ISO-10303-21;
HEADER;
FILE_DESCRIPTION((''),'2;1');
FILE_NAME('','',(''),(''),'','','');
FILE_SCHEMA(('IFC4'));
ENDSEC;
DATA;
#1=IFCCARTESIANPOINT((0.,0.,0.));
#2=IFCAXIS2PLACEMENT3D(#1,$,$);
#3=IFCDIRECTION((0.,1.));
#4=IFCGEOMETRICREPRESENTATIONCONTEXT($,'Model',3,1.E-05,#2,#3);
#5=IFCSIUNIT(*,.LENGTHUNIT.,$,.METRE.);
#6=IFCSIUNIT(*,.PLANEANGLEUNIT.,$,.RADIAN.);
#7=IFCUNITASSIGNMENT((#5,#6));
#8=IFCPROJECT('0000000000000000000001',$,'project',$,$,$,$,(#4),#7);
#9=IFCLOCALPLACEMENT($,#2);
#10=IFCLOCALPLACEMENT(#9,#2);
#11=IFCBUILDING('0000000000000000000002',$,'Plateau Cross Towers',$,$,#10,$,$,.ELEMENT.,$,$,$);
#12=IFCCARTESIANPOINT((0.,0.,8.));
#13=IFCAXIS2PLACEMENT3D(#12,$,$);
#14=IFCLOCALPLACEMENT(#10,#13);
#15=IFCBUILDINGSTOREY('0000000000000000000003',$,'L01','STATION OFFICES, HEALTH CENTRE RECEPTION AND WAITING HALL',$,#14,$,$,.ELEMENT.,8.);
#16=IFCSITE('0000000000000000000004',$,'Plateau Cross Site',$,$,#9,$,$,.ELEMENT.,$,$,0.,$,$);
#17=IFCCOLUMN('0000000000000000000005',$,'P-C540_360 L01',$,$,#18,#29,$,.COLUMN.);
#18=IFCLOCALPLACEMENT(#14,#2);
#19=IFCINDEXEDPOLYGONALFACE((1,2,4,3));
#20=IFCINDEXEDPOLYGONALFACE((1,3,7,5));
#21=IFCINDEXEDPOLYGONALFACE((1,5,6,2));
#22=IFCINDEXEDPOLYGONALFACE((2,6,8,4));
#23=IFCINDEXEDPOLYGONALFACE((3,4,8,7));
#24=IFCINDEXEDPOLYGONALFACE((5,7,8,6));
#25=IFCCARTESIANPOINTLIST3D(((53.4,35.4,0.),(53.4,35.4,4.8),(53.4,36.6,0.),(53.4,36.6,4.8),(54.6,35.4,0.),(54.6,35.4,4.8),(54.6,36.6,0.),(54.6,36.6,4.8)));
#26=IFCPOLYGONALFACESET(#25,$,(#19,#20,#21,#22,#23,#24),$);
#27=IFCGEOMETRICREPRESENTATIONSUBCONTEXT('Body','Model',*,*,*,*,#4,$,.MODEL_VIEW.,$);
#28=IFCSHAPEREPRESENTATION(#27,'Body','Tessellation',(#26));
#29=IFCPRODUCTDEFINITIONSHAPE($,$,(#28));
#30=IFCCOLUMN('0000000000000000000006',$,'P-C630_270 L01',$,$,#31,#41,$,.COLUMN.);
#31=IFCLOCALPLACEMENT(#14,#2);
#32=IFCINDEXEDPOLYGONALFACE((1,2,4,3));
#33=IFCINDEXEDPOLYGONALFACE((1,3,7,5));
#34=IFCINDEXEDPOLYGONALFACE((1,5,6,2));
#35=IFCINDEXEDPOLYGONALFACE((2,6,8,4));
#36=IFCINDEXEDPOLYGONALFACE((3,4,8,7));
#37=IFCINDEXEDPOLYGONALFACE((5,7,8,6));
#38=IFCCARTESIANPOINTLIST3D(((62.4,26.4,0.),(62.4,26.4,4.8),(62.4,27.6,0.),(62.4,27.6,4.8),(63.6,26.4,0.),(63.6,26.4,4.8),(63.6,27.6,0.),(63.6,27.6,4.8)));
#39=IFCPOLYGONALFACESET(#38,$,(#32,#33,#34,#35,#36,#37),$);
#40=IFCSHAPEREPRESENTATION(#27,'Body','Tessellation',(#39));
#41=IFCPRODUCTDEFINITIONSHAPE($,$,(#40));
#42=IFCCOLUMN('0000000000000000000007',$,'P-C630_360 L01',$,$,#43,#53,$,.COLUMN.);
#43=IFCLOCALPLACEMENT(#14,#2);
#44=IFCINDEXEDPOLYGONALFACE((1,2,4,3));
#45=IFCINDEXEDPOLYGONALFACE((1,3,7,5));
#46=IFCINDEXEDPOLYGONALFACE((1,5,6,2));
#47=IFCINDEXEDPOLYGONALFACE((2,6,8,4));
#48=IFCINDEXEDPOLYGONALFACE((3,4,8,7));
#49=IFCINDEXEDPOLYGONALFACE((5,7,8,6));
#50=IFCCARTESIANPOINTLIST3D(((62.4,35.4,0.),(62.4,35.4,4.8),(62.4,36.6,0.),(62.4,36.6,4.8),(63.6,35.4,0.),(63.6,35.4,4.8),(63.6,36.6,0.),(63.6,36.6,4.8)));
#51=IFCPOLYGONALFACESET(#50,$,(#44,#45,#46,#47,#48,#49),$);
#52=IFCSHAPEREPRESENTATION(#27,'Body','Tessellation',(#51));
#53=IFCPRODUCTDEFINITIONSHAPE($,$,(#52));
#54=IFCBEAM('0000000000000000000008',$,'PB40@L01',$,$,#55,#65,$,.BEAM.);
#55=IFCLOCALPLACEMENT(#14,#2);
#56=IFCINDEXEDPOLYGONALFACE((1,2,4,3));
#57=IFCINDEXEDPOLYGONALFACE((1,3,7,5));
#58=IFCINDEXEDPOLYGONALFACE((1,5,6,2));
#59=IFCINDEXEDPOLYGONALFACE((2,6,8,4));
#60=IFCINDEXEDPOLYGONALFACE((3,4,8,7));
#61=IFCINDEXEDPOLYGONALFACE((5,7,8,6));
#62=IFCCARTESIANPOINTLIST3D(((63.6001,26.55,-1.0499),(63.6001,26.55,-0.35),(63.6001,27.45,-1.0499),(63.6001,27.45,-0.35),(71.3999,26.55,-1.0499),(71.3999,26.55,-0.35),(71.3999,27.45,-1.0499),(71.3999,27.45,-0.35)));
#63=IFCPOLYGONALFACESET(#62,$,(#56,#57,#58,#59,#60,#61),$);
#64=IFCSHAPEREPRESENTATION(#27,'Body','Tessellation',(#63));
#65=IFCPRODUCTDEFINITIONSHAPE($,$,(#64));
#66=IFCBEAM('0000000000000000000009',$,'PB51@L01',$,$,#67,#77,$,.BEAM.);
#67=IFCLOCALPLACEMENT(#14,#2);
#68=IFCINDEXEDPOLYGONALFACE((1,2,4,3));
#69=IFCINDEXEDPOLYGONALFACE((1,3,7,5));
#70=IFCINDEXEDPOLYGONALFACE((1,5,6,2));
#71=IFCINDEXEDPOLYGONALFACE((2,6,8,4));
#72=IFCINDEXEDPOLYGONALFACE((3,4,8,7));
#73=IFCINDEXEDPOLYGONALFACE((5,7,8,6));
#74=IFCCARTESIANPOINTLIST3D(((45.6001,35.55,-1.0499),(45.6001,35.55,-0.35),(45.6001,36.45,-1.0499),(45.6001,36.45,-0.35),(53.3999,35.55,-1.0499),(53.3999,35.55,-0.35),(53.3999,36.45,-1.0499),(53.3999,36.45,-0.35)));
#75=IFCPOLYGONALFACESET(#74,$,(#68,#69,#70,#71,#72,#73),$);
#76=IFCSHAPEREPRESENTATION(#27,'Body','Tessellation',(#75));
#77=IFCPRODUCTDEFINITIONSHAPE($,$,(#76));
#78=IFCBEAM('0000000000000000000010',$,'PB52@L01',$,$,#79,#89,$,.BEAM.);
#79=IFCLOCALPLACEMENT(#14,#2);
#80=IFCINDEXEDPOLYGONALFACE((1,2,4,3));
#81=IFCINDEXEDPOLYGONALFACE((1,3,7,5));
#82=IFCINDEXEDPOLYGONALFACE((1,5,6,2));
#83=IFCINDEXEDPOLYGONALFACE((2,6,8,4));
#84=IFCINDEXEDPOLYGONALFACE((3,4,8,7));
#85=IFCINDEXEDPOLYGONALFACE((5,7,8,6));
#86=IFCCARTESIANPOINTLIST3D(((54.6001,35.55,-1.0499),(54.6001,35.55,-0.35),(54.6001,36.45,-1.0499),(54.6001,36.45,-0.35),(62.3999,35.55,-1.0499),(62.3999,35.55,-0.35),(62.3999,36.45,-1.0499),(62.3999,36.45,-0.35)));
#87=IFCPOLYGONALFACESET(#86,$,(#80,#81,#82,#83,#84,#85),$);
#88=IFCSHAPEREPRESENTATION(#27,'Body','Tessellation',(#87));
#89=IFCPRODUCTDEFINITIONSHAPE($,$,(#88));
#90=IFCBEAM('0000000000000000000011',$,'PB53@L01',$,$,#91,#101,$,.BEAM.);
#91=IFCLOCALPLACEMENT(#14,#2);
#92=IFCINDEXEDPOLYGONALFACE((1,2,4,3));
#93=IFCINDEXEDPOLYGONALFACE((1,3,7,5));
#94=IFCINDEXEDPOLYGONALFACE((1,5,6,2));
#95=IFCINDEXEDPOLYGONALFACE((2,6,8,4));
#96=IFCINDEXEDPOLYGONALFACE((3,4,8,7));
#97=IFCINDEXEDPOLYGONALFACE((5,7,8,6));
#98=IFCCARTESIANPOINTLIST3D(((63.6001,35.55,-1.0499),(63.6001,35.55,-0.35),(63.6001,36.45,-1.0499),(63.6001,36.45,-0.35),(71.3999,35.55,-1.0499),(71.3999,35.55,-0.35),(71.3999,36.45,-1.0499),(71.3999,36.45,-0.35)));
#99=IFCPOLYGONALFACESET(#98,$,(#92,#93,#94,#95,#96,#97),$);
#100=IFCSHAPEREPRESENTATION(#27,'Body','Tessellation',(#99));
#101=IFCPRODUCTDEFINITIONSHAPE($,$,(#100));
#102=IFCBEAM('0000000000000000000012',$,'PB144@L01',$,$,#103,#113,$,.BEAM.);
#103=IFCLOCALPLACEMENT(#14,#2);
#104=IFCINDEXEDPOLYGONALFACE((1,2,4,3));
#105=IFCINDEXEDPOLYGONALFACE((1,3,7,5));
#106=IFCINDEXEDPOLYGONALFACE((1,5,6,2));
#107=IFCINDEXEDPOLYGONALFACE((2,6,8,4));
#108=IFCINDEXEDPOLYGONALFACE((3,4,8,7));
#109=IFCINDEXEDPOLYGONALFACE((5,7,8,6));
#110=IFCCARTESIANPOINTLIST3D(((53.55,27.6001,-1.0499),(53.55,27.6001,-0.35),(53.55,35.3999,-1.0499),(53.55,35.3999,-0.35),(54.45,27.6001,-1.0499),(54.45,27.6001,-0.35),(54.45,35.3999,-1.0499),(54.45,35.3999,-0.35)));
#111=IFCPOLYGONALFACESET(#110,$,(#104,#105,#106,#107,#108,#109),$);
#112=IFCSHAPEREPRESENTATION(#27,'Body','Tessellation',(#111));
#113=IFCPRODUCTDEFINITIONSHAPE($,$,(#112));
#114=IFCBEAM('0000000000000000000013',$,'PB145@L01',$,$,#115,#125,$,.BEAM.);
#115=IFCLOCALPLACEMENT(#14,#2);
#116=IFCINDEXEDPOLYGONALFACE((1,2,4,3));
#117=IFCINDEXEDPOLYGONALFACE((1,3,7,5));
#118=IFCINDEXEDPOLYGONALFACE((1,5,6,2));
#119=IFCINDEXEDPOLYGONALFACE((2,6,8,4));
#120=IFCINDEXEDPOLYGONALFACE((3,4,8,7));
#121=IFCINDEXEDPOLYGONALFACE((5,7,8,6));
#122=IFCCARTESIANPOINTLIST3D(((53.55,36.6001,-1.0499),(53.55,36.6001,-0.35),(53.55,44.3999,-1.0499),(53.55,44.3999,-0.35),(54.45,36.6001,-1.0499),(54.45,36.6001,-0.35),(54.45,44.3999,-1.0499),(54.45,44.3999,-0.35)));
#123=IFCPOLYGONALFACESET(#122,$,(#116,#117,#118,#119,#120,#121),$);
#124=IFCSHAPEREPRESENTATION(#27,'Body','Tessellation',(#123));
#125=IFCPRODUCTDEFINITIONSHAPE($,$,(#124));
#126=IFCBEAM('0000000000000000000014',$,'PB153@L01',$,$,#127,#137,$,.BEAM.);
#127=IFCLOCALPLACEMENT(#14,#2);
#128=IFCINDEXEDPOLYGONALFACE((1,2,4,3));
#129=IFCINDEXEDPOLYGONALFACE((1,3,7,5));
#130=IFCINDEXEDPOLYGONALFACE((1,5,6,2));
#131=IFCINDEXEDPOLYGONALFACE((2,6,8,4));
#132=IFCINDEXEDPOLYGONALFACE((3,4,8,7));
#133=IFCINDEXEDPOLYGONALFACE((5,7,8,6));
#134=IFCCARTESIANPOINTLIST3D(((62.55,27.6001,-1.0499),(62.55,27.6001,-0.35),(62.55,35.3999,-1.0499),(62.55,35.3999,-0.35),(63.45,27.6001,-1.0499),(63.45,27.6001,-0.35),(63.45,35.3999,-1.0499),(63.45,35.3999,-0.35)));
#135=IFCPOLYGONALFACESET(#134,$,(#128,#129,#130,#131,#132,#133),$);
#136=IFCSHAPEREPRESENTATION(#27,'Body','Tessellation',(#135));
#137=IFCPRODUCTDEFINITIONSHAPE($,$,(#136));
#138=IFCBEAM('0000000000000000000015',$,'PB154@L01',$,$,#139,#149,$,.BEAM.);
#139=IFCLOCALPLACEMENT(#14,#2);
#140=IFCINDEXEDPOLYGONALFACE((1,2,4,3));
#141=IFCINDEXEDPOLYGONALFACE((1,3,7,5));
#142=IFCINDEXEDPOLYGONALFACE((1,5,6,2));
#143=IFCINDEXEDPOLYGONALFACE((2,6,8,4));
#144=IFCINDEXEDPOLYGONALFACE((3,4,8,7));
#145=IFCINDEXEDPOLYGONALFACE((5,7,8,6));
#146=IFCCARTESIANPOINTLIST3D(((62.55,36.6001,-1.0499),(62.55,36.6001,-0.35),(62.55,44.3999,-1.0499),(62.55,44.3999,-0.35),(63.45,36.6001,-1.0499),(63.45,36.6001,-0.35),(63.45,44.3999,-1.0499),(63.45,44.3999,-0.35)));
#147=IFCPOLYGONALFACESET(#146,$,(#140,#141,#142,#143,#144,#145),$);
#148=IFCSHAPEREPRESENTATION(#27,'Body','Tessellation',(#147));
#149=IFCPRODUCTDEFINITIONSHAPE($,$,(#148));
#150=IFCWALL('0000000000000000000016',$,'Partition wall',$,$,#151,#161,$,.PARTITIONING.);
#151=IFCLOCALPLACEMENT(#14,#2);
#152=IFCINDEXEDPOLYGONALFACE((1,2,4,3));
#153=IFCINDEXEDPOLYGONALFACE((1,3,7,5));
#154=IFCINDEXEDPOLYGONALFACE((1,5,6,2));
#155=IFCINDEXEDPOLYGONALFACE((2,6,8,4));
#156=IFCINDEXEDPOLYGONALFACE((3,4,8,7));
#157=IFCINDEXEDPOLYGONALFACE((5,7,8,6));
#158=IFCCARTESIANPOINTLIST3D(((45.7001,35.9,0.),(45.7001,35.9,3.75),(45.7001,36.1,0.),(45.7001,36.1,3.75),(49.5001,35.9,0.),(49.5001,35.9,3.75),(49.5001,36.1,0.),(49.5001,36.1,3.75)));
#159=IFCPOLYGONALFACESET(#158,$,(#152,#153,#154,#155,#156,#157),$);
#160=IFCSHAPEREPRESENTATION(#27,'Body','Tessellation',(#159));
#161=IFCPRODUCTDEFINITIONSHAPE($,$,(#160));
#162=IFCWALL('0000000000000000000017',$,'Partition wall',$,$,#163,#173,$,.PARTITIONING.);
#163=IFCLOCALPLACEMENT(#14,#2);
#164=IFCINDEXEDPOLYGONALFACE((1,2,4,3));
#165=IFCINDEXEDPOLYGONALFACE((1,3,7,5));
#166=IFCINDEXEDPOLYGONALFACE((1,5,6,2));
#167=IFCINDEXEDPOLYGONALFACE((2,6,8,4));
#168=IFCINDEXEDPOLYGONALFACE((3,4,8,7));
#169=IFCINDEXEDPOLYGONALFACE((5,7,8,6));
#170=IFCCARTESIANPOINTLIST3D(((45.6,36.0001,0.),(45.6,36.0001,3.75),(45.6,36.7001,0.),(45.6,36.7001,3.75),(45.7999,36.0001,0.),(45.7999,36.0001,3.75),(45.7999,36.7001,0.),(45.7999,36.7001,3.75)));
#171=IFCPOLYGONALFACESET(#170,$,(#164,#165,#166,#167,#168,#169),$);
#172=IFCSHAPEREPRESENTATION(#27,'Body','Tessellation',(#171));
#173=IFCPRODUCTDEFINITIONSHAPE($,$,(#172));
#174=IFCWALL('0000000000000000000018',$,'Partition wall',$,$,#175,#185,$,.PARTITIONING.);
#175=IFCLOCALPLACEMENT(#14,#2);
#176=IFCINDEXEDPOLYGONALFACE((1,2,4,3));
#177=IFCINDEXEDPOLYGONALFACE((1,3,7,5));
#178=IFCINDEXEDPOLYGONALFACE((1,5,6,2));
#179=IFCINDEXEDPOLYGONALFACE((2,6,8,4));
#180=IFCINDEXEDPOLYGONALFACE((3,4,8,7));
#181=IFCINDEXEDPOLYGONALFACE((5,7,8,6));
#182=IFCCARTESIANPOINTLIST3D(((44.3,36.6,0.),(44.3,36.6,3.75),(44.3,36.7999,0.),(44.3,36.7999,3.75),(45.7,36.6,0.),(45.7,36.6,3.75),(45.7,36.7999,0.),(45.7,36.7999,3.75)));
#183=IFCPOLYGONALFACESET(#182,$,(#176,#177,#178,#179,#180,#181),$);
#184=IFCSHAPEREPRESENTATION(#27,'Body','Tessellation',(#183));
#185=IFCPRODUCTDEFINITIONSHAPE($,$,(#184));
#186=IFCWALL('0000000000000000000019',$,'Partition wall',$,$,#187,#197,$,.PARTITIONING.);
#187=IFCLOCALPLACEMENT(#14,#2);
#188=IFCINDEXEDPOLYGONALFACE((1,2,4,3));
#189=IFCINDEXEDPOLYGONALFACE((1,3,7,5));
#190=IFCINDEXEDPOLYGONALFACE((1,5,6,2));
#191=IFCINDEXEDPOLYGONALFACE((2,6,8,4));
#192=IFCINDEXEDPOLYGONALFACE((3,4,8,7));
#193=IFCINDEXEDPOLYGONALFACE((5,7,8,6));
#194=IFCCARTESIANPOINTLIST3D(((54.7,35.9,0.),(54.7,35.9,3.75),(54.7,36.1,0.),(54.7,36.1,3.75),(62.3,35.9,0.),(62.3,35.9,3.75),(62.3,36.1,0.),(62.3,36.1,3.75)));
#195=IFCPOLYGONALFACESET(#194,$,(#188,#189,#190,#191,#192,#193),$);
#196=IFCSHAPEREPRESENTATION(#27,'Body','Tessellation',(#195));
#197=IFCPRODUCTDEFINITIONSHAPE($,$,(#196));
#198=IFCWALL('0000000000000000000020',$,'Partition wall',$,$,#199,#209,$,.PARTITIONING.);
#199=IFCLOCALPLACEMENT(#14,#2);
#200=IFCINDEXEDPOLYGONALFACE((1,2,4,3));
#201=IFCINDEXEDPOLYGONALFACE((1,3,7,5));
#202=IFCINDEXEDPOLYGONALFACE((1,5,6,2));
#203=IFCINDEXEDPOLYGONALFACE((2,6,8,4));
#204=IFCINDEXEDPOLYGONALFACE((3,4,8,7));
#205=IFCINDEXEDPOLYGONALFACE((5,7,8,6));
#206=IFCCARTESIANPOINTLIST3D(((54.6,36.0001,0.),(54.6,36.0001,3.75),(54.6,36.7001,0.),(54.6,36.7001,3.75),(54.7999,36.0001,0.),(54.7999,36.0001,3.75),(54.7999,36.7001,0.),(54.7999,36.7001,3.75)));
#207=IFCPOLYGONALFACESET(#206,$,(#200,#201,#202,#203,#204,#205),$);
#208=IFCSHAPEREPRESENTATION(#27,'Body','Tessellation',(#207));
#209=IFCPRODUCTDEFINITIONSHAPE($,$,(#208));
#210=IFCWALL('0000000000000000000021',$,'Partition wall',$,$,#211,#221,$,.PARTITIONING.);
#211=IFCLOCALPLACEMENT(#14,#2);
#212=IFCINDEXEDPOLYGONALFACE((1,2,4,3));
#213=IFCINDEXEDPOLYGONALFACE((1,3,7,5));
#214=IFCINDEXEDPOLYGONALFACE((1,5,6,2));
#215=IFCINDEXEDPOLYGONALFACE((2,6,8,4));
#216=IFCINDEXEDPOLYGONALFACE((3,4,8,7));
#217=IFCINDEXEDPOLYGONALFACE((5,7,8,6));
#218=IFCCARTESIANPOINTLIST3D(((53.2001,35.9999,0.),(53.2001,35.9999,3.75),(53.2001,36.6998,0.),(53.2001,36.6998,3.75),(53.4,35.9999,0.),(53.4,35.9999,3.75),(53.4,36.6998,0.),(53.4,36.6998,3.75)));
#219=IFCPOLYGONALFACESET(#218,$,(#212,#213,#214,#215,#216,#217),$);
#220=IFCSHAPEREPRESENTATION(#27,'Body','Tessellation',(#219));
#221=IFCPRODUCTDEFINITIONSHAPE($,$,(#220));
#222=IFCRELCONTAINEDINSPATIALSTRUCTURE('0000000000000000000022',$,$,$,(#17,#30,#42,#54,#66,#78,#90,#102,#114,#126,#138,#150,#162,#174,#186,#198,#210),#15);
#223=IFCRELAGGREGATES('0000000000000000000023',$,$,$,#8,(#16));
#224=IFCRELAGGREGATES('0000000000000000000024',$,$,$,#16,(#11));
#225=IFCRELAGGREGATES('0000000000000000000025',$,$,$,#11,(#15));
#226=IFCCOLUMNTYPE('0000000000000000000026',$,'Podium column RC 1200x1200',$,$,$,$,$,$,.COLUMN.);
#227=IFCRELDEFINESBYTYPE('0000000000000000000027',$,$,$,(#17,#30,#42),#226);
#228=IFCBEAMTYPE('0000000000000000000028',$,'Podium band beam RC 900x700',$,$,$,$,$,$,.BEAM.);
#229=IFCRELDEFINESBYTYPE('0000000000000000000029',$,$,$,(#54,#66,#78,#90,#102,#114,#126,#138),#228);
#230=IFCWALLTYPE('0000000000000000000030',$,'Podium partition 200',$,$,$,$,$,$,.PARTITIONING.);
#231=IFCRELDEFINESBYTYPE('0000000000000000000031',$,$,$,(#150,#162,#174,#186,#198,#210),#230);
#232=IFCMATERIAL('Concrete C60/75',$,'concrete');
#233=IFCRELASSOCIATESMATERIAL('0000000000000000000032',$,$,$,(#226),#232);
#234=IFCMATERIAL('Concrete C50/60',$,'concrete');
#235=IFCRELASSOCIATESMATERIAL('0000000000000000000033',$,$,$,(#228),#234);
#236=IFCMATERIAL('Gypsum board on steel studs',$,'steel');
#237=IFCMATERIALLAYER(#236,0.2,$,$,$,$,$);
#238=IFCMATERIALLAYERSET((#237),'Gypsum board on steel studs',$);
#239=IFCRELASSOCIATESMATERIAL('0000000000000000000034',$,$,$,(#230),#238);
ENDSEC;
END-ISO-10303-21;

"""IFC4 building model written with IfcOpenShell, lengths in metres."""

from ifc_helpers import new_model, si_unit, direction, frame, frame_2d, origin, origin_2d, place, context, subcontext, project, spatial, rectangle, extrude, material, layer, layer_set, material_profile, profile_set, type_object, element, save


model = new_model("IFC4")

# Units and contexts
model_context = context("Model", 3, precision=1e-05, world=origin(), true_north=direction((0.0, 1.0)))
body_context = subcontext(model_context, "Body", "Model", "MODEL_VIEW")
ifc_project = project(units=[si_unit("LENGTHUNIT", "METRE"), si_unit("PLANEANGLEUNIT", "RADIAN")], contexts=[model_context])

# Site, building, storey
site_placement = place(None, origin())
site = spatial("IfcSite", under=ifc_project, at=site_placement, Name="Plateau Cross Site", CompositionType="ELEMENT", RefElevation=0.0)
building_placement = place(site_placement, origin())
building = spatial("IfcBuilding", under=site, at=building_placement, Name="Plateau Cross Towers", CompositionType="ELEMENT")
storey_placement = place(building_placement, frame((0.0, 0.0, 8.0)))
storey = spatial("IfcBuildingStorey", under=building, at=storey_placement, Name="L01", Description="STATION OFFICES, HEALTH CENTRE RECEPTION AND WAITING HALL", CompositionType="ELEMENT", Elevation=8.0)

# Columns
ifc_material_1 = material(Name="Concrete C60/75", Category="concrete")
ifc_material_profile_1 = material_profile(ifc_material_1, rectangle(XDim=1.2, YDim=1.2, at=origin_2d()), Name="RC 1200x1200")
ifc_profile_set_1 = profile_set([ifc_material_profile_1], Name="Concrete C60/75")
column_type = type_object("IfcColumnType", Name="Podium column RC 1200x1200", PredefinedType="COLUMN", material=ifc_profile_set_1)
for number, where, z_axis, x_axis, name in (
    (1, (54.0, 36.0, 0.0), (0.0, 0.0, 1.0), (1.0, 0.0, 0.0), "P-C540_360 L01"),
    (2, (63.0, 27.0, 0.0), (0.0, 0.0, 1.0), (1.0, 0.0, 0.0), "P-C630_270 L01"),
    (3, (63.0, 36.0, 0.0), (0.0, 0.0, 1.0), (1.0, 0.0, 0.0), "P-C630_360 L01"),
):
    element("IfcColumn", number, at=place(storey_placement, frame(where, z_axis=z_axis, x_axis=x_axis)), inside=storey, type_object=column_type, Name=name, PredefinedType="COLUMN", context=body_context, shape_type="SweptSolid", body=[
        extrude(rectangle(XDim=1.2, YDim=1.2, at=origin_2d()), origin(), (0.0, 0.0, 1.0), 4.8),
    ])

# Beams
ifc_material_2 = material(Name="Concrete C50/60", Category="concrete")
ifc_material_profile_2 = material_profile(ifc_material_2, rectangle(XDim=0.8999, YDim=0.7, at=origin_2d()), Name="RC 900x700")
ifc_profile_set_2 = profile_set([ifc_material_profile_2], Name="Concrete C50/60")
beam_type = type_object("IfcBeamType", Name="Podium band beam RC 900x700", PredefinedType="BEAM", material=ifc_profile_set_2)
for number, where, z_axis, x_axis, name in (
    (4, (63.6001, 27.0, -0.7), (1.0, 0.0, 0.0), (0.0, 1.0, 0.0), "PB40@L01"),
    (5, (45.6001, 36.0, -0.7), (1.0, 0.0, 0.0), (0.0, 1.0, 0.0), "PB51@L01"),
    (6, (54.6001, 36.0, -0.7), (1.0, 0.0, 0.0), (0.0, 1.0, 0.0), "PB52@L01"),
    (7, (63.6001, 36.0, -0.7), (1.0, 0.0, 0.0), (0.0, 1.0, 0.0), "PB53@L01"),
    (8, (54.0, 27.6001, -0.7), (0.0, 1.0, 0.0), (-1.0, 0.0, 0.0), "PB144@L01"),
    (9, (54.0, 36.6001, -0.7), (0.0, 1.0, 0.0), (-1.0, 0.0, 0.0), "PB145@L01"),
    (10, (63.0, 27.6001, -0.7), (0.0, 1.0, 0.0), (-1.0, 0.0, 0.0), "PB153@L01"),
    (11, (63.0, 36.6001, -0.7), (0.0, 1.0, 0.0), (-1.0, 0.0, 0.0), "PB154@L01"),
):
    element("IfcBeam", number, at=place(storey_placement, frame(where, z_axis=z_axis, x_axis=x_axis)), inside=storey, type_object=beam_type, Name=name, PredefinedType="BEAM", context=body_context, shape_type="SweptSolid", body=[
        extrude(rectangle(XDim=0.8999, YDim=0.7, at=origin_2d()), origin(), (0.0, 0.0, 1.0), 7.7998),
    ])

# Walls
ifc_material_3 = material(Name="Gypsum board on steel studs", Category="steel")
ifc_layer_1 = layer(ifc_material_3, 0.2)
ifc_layer_set_1 = layer_set([ifc_layer_1], Name="Gypsum board on steel studs")
wall_type_1 = type_object("IfcWallType", Name="Podium partition 200", PredefinedType="PARTITIONING", material=ifc_layer_set_1)
wall_1_placement = place(storey_placement, frame((49.5, 36.0, 0.0), z_axis=(0.0, 0.0, 1.0), x_axis=(-1.0, 0.0, 0.0)))
element("IfcWall", 12, at=wall_1_placement, inside=storey, type_object=wall_type_1, Name="Partition wall", PredefinedType="PARTITIONING", context=body_context, shape_type="SweptSolid", body=[
    extrude(rectangle(XDim=3.8, YDim=0.2, at=frame_2d((1.8999, 0.0))), origin(), (0.0, 0.0, 1.0), 3.75),
])
wall_2_placement = place(storey_placement, frame((45.7, 36.0, 0.0), z_axis=(0.0, 0.0, 1.0), x_axis=(0.0, 1.0, 0.0)))
element("IfcWall", 13, at=wall_2_placement, inside=storey, type_object=wall_type_1, Name="Partition wall", PredefinedType="PARTITIONING", context=body_context, shape_type="SweptSolid", body=[
    extrude(rectangle(XDim=0.7, YDim=0.2, at=frame_2d((0.3501, 0.0))), origin(), (0.0, 0.0, 1.0), 3.75),
])
wall_3_placement = place(storey_placement, frame((45.7, 36.7, 0.0), z_axis=(0.0, 0.0, 1.0), x_axis=(-1.0, 0.0, 0.0)))
element("IfcWall", 14, at=wall_3_placement, inside=storey, type_object=wall_type_1, Name="Partition wall", PredefinedType="PARTITIONING", context=body_context, shape_type="SweptSolid", body=[
    extrude(rectangle(XDim=1.3999, YDim=0.2, at=frame_2d((0.7, 0.0))), origin(), (0.0, 0.0, 1.0), 3.75),
])
wall_4_placement = place(storey_placement, frame((62.3, 36.0, 0.0), z_axis=(0.0, 0.0, 1.0), x_axis=(-1.0, 0.0, 0.0)))
element("IfcWall", 15, at=wall_4_placement, inside=storey, type_object=wall_type_1, Name="Partition wall", PredefinedType="PARTITIONING", context=body_context, shape_type="SweptSolid", body=[
    extrude(rectangle(XDim=7.6001, YDim=0.2, at=frame_2d((3.8, 0.0))), origin(), (0.0, 0.0, 1.0), 3.75),
])
for number, where, z_axis, x_axis, name in (
    (16, (54.7, 36.0, 0.0), (0.0, 0.0, 1.0), (0.0, 1.0, 0.0), "Partition wall"),
    (17, (53.3, 36.7, 0.0), (0.0, 0.0, 1.0), (0.0, -1.0, 0.0), "Partition wall"),
):
    element("IfcWall", number, at=place(storey_placement, frame(where, z_axis=z_axis, x_axis=x_axis)), inside=storey, type_object=wall_type_1, Name=name, PredefinedType="PARTITIONING", context=body_context, shape_type="SweptSolid", body=[
        extrude(rectangle(XDim=0.7, YDim=0.2, at=frame_2d((0.3501, 0.0))), origin(), (0.0, 0.0, 1.0), 3.75),
    ])

save(model, "model.ifc")
